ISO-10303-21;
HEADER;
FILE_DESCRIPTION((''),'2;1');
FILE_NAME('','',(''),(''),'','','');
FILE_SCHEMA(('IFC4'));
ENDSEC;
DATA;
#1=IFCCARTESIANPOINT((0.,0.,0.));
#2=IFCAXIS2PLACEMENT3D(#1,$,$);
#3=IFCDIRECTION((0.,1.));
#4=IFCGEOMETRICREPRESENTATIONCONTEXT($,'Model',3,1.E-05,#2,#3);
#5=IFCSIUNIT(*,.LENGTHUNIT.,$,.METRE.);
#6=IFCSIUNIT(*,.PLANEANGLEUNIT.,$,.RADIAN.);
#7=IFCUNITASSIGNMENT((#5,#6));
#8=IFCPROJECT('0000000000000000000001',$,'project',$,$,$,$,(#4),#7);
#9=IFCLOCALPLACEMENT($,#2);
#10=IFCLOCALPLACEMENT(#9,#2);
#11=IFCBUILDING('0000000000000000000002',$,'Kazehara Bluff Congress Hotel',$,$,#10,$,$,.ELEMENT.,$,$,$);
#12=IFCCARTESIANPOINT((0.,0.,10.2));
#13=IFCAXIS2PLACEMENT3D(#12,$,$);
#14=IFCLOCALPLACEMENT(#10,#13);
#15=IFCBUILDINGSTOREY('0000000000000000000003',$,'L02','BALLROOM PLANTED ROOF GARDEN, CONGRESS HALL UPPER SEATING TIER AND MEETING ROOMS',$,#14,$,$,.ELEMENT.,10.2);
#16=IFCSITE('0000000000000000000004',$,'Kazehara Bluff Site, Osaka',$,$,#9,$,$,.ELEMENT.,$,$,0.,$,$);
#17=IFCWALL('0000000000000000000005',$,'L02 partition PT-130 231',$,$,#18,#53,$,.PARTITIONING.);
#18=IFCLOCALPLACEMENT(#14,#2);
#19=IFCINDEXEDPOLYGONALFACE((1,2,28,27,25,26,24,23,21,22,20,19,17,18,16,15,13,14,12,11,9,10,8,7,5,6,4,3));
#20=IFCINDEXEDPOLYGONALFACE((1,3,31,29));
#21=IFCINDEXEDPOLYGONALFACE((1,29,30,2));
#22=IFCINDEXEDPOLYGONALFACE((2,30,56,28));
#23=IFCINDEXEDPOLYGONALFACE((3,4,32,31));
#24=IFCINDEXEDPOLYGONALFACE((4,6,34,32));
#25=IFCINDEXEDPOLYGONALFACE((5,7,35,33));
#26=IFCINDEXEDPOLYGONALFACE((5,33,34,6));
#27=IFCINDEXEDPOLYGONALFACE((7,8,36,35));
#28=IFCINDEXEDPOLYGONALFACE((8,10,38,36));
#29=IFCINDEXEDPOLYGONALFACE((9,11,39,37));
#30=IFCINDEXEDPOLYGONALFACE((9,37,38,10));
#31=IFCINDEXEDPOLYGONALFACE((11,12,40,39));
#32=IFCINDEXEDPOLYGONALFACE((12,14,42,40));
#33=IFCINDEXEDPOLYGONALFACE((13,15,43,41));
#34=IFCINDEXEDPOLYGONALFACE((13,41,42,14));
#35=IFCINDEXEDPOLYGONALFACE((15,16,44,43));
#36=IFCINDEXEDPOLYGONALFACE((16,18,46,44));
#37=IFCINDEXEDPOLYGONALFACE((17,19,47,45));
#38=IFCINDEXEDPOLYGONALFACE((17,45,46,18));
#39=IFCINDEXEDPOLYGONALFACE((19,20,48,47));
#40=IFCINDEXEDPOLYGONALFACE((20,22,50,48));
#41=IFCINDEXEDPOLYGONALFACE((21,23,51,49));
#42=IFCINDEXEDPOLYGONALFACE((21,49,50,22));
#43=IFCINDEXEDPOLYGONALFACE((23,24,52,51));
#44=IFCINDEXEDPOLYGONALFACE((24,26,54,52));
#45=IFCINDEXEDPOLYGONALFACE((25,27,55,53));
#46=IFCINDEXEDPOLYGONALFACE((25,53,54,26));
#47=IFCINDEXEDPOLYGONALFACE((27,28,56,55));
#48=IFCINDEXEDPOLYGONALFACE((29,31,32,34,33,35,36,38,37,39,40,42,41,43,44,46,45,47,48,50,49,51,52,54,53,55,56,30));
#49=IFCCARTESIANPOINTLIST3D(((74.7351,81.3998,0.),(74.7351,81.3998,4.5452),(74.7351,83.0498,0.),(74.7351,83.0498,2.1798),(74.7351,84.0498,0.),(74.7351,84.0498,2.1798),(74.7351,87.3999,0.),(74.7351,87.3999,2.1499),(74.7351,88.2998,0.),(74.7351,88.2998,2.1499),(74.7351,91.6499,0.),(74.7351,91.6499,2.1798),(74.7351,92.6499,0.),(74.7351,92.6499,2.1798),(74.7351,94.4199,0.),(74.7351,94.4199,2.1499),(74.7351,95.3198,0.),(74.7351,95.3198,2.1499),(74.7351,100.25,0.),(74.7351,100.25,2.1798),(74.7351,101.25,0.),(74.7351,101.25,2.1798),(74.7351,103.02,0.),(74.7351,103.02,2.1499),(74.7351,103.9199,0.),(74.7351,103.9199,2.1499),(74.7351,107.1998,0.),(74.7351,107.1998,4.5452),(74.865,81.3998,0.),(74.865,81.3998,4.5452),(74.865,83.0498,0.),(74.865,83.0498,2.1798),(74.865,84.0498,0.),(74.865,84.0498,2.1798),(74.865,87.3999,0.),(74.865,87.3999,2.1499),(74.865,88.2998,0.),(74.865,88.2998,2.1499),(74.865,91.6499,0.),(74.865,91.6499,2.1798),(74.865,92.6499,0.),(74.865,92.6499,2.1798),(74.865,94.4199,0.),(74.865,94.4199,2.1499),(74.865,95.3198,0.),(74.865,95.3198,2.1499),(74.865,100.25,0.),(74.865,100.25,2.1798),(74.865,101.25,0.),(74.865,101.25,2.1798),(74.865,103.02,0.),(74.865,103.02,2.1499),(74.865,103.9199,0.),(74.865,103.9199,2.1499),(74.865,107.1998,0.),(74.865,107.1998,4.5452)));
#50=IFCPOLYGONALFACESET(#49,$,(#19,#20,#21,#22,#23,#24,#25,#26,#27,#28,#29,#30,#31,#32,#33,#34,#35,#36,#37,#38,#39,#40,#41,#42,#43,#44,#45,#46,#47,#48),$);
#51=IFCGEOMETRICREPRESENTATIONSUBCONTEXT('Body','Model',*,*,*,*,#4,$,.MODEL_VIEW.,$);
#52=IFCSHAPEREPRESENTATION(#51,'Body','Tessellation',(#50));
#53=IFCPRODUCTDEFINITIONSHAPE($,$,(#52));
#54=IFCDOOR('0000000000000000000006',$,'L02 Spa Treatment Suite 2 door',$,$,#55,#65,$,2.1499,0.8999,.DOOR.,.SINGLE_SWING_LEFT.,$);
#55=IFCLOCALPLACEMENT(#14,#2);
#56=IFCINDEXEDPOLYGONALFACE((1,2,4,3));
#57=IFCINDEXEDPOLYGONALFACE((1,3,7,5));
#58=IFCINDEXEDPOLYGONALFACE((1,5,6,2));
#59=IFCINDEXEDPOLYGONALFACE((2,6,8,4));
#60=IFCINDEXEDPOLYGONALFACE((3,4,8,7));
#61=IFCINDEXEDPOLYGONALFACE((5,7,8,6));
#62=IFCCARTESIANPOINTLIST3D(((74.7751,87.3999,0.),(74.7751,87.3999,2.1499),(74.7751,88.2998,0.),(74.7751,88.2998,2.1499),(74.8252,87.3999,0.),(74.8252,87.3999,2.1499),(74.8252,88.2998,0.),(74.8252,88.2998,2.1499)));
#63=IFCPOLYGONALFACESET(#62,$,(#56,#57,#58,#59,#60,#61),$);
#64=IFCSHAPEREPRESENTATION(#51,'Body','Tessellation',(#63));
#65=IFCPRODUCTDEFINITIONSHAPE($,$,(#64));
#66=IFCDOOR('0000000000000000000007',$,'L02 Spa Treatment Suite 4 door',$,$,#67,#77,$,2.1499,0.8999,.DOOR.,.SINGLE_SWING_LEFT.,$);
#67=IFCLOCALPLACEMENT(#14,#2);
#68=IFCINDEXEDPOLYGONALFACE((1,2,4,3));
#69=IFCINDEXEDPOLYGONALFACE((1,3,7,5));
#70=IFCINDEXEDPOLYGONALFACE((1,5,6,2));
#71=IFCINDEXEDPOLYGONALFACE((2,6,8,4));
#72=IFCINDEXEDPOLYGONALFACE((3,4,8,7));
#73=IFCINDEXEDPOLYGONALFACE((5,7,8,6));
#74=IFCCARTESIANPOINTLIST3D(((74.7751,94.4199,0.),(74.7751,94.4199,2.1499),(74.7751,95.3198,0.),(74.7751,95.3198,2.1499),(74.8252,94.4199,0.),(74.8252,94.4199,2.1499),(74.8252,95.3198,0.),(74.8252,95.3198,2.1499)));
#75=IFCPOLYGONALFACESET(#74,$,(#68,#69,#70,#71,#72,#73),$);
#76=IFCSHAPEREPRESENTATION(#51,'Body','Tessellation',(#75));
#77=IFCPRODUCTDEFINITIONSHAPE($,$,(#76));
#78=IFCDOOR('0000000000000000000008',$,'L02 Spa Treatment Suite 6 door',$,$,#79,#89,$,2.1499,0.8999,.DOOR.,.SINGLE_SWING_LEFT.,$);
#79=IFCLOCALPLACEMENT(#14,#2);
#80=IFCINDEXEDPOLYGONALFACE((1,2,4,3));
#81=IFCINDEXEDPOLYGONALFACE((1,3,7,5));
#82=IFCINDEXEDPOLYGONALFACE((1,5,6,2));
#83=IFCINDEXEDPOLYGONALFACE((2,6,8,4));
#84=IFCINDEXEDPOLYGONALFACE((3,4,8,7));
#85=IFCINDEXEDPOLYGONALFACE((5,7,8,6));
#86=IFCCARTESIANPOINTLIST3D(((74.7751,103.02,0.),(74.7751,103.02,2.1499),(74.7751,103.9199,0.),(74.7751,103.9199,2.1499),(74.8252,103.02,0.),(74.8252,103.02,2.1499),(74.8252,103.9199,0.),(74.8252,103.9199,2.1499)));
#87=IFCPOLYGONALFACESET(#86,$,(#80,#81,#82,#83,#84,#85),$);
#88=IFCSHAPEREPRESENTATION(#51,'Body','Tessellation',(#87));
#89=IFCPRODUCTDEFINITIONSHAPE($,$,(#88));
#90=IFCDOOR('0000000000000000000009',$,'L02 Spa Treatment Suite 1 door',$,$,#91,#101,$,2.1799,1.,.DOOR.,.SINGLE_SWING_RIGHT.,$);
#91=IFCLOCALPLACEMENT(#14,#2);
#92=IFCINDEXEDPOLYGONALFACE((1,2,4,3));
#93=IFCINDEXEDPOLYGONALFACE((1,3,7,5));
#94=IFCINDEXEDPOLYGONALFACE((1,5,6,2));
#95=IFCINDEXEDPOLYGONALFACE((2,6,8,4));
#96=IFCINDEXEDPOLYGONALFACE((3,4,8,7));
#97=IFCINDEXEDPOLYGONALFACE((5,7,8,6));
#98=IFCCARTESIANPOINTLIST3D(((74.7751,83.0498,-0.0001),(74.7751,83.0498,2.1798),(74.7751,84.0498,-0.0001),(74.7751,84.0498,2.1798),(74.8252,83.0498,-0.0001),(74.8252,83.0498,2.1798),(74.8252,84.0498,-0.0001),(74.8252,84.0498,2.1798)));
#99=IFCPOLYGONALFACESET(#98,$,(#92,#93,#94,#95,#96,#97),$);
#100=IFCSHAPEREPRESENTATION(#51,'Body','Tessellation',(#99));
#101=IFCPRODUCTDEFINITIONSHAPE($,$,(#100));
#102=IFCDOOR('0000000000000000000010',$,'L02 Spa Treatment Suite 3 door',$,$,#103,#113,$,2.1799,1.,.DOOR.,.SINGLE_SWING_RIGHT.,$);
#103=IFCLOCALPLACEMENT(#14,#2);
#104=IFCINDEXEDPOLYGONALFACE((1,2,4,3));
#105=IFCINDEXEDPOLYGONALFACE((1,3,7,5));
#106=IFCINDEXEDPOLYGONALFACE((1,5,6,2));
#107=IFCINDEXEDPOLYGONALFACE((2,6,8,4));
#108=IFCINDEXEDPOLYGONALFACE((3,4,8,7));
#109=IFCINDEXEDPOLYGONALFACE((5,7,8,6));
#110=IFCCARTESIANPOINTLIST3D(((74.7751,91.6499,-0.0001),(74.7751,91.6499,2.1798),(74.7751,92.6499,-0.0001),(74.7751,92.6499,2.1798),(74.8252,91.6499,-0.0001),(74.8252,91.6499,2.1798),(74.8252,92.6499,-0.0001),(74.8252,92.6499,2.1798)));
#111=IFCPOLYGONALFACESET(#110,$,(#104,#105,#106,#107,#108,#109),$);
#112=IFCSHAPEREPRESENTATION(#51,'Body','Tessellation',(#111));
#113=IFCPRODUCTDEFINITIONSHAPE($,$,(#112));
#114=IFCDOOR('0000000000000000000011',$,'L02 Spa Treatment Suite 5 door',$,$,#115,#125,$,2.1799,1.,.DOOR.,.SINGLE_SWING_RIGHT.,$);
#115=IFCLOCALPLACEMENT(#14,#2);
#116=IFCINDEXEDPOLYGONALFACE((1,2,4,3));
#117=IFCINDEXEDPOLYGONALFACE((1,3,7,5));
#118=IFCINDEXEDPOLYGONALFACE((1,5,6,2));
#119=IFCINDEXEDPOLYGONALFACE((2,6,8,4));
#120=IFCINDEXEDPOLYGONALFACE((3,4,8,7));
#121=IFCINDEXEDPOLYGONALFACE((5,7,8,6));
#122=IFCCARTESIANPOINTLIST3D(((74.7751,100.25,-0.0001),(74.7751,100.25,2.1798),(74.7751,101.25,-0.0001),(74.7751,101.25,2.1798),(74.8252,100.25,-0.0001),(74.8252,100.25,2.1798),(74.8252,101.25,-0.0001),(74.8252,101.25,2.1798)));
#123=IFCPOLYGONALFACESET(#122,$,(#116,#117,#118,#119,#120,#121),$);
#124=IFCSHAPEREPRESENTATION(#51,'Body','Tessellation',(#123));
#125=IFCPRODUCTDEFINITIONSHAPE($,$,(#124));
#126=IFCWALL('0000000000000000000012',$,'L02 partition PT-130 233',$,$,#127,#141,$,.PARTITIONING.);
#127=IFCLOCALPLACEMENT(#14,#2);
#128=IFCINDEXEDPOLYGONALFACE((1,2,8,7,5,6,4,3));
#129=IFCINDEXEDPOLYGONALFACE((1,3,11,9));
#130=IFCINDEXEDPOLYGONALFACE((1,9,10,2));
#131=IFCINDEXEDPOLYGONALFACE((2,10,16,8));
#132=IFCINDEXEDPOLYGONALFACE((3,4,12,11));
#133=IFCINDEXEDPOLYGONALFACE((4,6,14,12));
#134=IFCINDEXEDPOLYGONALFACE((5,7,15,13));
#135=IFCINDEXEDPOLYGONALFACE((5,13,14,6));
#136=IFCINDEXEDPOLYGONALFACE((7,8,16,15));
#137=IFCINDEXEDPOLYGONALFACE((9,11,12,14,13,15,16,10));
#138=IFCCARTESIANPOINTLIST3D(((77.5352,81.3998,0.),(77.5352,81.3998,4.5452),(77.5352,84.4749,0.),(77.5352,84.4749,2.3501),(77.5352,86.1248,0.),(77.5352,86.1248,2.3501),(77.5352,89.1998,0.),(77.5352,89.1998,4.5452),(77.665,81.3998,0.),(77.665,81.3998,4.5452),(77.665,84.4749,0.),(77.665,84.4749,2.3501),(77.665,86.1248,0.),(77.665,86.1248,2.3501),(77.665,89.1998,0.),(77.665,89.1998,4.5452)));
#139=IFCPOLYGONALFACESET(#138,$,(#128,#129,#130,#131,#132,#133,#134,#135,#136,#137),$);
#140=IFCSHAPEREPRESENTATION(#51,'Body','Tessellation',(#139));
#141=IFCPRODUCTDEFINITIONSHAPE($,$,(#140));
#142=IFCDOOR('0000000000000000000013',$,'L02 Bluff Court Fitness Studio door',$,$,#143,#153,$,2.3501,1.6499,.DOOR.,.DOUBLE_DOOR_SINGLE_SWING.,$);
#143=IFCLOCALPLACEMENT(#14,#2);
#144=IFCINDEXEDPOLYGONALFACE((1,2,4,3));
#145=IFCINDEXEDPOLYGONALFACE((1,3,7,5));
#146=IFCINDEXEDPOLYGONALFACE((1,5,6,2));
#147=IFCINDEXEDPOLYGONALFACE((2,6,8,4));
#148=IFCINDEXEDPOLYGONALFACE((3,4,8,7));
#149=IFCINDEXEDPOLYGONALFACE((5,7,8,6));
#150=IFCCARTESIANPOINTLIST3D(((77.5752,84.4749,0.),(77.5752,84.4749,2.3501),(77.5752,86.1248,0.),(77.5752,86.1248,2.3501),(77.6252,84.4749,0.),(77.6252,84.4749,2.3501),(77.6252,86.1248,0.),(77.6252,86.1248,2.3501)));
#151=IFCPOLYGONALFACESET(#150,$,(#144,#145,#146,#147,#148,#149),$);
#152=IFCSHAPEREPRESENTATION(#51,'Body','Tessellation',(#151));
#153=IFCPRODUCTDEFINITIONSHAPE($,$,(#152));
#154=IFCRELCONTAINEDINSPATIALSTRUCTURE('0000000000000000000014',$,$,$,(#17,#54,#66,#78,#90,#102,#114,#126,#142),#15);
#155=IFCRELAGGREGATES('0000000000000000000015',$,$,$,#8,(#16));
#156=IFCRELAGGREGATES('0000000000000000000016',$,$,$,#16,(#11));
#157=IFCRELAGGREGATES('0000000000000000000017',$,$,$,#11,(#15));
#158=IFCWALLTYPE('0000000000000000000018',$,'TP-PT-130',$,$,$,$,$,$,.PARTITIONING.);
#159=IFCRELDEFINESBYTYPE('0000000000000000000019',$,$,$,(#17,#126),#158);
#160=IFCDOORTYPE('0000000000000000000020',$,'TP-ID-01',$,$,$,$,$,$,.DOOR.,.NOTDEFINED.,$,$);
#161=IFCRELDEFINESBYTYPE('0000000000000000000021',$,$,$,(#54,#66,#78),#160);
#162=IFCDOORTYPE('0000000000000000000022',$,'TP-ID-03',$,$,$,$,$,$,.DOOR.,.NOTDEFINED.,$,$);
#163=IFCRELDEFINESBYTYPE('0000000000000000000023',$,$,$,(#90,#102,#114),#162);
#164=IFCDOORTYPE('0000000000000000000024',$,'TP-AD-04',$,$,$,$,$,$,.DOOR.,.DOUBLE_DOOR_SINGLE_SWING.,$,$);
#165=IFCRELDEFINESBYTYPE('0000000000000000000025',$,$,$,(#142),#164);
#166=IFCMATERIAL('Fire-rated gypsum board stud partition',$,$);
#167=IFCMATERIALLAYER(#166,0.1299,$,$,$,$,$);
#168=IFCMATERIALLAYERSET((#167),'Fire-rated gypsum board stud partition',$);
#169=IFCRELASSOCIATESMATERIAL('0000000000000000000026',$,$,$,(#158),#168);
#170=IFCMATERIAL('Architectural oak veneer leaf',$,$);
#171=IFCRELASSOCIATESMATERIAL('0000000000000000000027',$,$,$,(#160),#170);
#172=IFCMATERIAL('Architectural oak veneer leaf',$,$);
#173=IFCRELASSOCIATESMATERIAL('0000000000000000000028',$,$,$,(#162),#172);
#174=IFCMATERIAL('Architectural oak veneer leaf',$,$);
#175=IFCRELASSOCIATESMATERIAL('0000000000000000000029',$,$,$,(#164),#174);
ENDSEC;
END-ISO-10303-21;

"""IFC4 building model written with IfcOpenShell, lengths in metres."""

from ifc_helpers import new_model, si_unit, direction, frame, frame_2d, origin, place, context, subcontext, project, spatial, rectangle, extrude, material, layer, layer_set, type_object, element, fill, save


model = new_model("IFC4")

# Units and contexts
model_context = context("Model", 3, precision=1e-05, world=origin(), true_north=direction((0.0, 1.0)))
body_context = subcontext(model_context, "Body", "Model", "MODEL_VIEW")
ifc_project = project(units=[si_unit("LENGTHUNIT", "METRE"), si_unit("PLANEANGLEUNIT", "RADIAN")], contexts=[model_context])

# Site, building, storey
site_placement = place(None, origin())
site = spatial("IfcSite", under=ifc_project, at=site_placement, Name="Kazehara Bluff Site, Osaka", CompositionType="ELEMENT", RefElevation=0.0)
building_placement = place(site_placement, origin())
building = spatial("IfcBuilding", under=site, at=building_placement, Name="Kazehara Bluff Congress Hotel", CompositionType="ELEMENT")
storey_placement = place(building_placement, frame((0.0, 0.0, 10.2)))
storey = spatial("IfcBuildingStorey", under=building, at=storey_placement, Name="L02", Description="BALLROOM PLANTED ROOF GARDEN, CONGRESS HALL UPPER SEATING TIER AND MEETING ROOMS", CompositionType="ELEMENT", Elevation=10.2)

# Shared definitions
ifc_material_1 = material(Name="Fire-rated gypsum board stud partition")
ifc_layer_1 = layer(ifc_material_1, 0.1299)
ifc_layer_set_1 = layer_set([ifc_layer_1], Name="Fire-rated gypsum board stud partition")
wall_type_1 = type_object("IfcWallType", Name="TP-PT-130", PredefinedType="PARTITIONING", material=ifc_layer_set_1)

# Wall, openings, doors
wall_1_placement = place(storey_placement, frame((74.8, 81.3999, 0.0), z_axis=(0.0, 0.0, 1.0), x_axis=(0.0, 1.0, 0.0)))
wall_1 = element("IfcWall", 1, at=wall_1_placement, inside=storey, type_object=wall_type_1, Name="L02 partition PT-130 231", PredefinedType="PARTITIONING", context=body_context, shape_type="SweptSolid", body=[
    extrude(rectangle(XDim=25.8, YDim=0.1299, at=frame_2d((12.8999, 0.0))), origin(), (0.0, 0.0, 1.0), 4.5452),
])
opening_1_placement = place(wall_1_placement, frame((1.6499, 0.0, 0.0)))
opening_1 = element("IfcOpeningElement", 2, at=opening_1_placement, cuts=wall_1, PredefinedType="OPENING", context=body_context, shape_type="SweptSolid", body=[
    extrude(rectangle(XDim=1.0, YDim=2.1799, at=frame_2d((0.5, 1.0898))), frame((0.0, 0.075, 0.0), z_axis=(0.0, -1.0, 0.0), x_axis=(1.0, 0.0, 0.0)), (0.0, 0.0, 1.0), 0.1499),
])
opening_2_placement = place(wall_1_placement, frame((6.0, 0.0, 0.0)))
opening_2 = element("IfcOpeningElement", 3, at=opening_2_placement, cuts=wall_1, PredefinedType="OPENING", context=body_context, shape_type="SweptSolid", body=[
    extrude(rectangle(XDim=0.8999, YDim=2.1499, at=frame_2d((0.45, 1.075))), frame((0.0, 0.075, 0.0), z_axis=(0.0, -1.0, 0.0), x_axis=(1.0, 0.0, 0.0)), (0.0, 0.0, 1.0), 0.1499),
])
opening_3_placement = place(wall_1_placement, frame((10.25, 0.0, 0.0)))
opening_3 = element("IfcOpeningElement", 4, at=opening_3_placement, cuts=wall_1, PredefinedType="OPENING", context=body_context, shape_type="SweptSolid", body=[
    extrude(rectangle(XDim=1.0, YDim=2.1799, at=frame_2d((0.5, 1.0898))), frame((0.0, 0.075, 0.0), z_axis=(0.0, -1.0, 0.0), x_axis=(1.0, 0.0, 0.0)), (0.0, 0.0, 1.0), 0.1499),
])
opening_4_placement = place(wall_1_placement, frame((13.02, 0.0, 0.0)))
opening_4 = element("IfcOpeningElement", 5, at=opening_4_placement, cuts=wall_1, PredefinedType="OPENING", context=body_context, shape_type="SweptSolid", body=[
    extrude(rectangle(XDim=0.8999, YDim=2.1499, at=frame_2d((0.45, 1.075))), frame((0.0, 0.075, 0.0), z_axis=(0.0, -1.0, 0.0), x_axis=(1.0, 0.0, 0.0)), (0.0, 0.0, 1.0), 0.1499),
])
opening_5_placement = place(wall_1_placement, frame((18.8501, 0.0, 0.0)))
opening_5 = element("IfcOpeningElement", 6, at=opening_5_placement, cuts=wall_1, PredefinedType="OPENING", context=body_context, shape_type="SweptSolid", body=[
    extrude(rectangle(XDim=1.0, YDim=2.1799, at=frame_2d((0.5, 1.0898))), frame((0.0, 0.075, 0.0), z_axis=(0.0, -1.0, 0.0), x_axis=(1.0, 0.0, 0.0)), (0.0, 0.0, 1.0), 0.1499),
])
opening_6_placement = place(wall_1_placement, frame((21.6201, 0.0, 0.0)))
opening_6 = element("IfcOpeningElement", 7, at=opening_6_placement, cuts=wall_1, PredefinedType="OPENING", context=body_context, shape_type="SweptSolid", body=[
    extrude(rectangle(XDim=0.8999, YDim=2.1499, at=frame_2d((0.45, 1.075))), frame((0.0, 0.075, 0.0), z_axis=(0.0, -1.0, 0.0), x_axis=(1.0, 0.0, 0.0)), (0.0, 0.0, 1.0), 0.1499),
])
ifc_material_2 = material(Name="Architectural oak veneer leaf")
door_type_1 = type_object("IfcDoorType", Name="TP-ID-01", OperationType="NOTDEFINED", PredefinedType="DOOR", material=ifc_material_2)
door_1_placement = place(opening_2_placement, origin())
door_1 = element("IfcDoor", 8, at=door_1_placement, inside=storey, type_object=door_type_1, Name="L02 Spa Treatment Suite 2 door", OperationType="SINGLE_SWING_LEFT", OverallHeight=2.1499, OverallWidth=0.8999, PredefinedType="DOOR", context=body_context, shape_type="SweptSolid", body=[
    extrude(rectangle(XDim=0.8999, YDim=2.1499, at=frame_2d((0.45, 1.075))), frame((0.0, 0.0249, 0.0), z_axis=(0.0, -1.0, 0.0), x_axis=(1.0, 0.0, 0.0)), (0.0, 0.0, 1.0), 0.05),
])
fill(opening_2, door_1)
door_2_placement = place(opening_4_placement, origin())
door_2 = element("IfcDoor", 9, at=door_2_placement, inside=storey, type_object=door_type_1, Name="L02 Spa Treatment Suite 4 door", OperationType="SINGLE_SWING_LEFT", OverallHeight=2.1499, OverallWidth=0.8999, PredefinedType="DOOR", context=body_context, shape_type="SweptSolid", body=[
    extrude(rectangle(XDim=0.8999, YDim=2.1499, at=frame_2d((0.45, 1.075))), frame((0.0, 0.0249, 0.0), z_axis=(0.0, -1.0, 0.0), x_axis=(1.0, 0.0, 0.0)), (0.0, 0.0, 1.0), 0.05),
])
fill(opening_4, door_2)
door_3_placement = place(opening_6_placement, origin())
door_3 = element("IfcDoor", 10, at=door_3_placement, inside=storey, type_object=door_type_1, Name="L02 Spa Treatment Suite 6 door", OperationType="SINGLE_SWING_LEFT", OverallHeight=2.1499, OverallWidth=0.8999, PredefinedType="DOOR", context=body_context, shape_type="SweptSolid", body=[
    extrude(rectangle(XDim=0.8999, YDim=2.1499, at=frame_2d((0.45, 1.075))), frame((0.0, 0.0249, 0.0), z_axis=(0.0, -1.0, 0.0), x_axis=(1.0, 0.0, 0.0)), (0.0, 0.0, 1.0), 0.05),
])
fill(opening_6, door_3)
ifc_material_3 = material(Name="Architectural oak veneer leaf")
door_type_2 = type_object("IfcDoorType", Name="TP-ID-03", OperationType="NOTDEFINED", PredefinedType="DOOR", material=ifc_material_3)
door_4_placement = place(opening_1_placement, origin())
door_4 = element("IfcDoor", 11, at=door_4_placement, inside=storey, type_object=door_type_2, Name="L02 Spa Treatment Suite 1 door", OperationType="SINGLE_SWING_RIGHT", OverallHeight=2.1799, OverallWidth=1.0, PredefinedType="DOOR", context=body_context, shape_type="SweptSolid", body=[
    extrude(rectangle(XDim=1.0, YDim=2.1799, at=frame_2d((0.5, 1.0898))), frame((0.0, 0.0249, 0.0), z_axis=(0.0, -1.0, 0.0), x_axis=(1.0, 0.0, 0.0)), (0.0, 0.0, 1.0), 0.05),
])
fill(opening_1, door_4)
door_5_placement = place(opening_3_placement, origin())
door_5 = element("IfcDoor", 12, at=door_5_placement, inside=storey, type_object=door_type_2, Name="L02 Spa Treatment Suite 3 door", OperationType="SINGLE_SWING_RIGHT", OverallHeight=2.1799, OverallWidth=1.0, PredefinedType="DOOR", context=body_context, shape_type="SweptSolid", body=[
    extrude(rectangle(XDim=1.0, YDim=2.1799, at=frame_2d((0.5, 1.0898))), frame((0.0, 0.0249, 0.0), z_axis=(0.0, -1.0, 0.0), x_axis=(1.0, 0.0, 0.0)), (0.0, 0.0, 1.0), 0.05),
])
fill(opening_3, door_5)
door_6_placement = place(opening_5_placement, origin())
door_6 = element("IfcDoor", 13, at=door_6_placement, inside=storey, type_object=door_type_2, Name="L02 Spa Treatment Suite 5 door", OperationType="SINGLE_SWING_RIGHT", OverallHeight=2.1799, OverallWidth=1.0, PredefinedType="DOOR", context=body_context, shape_type="SweptSolid", body=[
    extrude(rectangle(XDim=1.0, YDim=2.1799, at=frame_2d((0.5, 1.0898))), frame((0.0, 0.0249, 0.0), z_axis=(0.0, -1.0, 0.0), x_axis=(1.0, 0.0, 0.0)), (0.0, 0.0, 1.0), 0.05),
])
fill(opening_5, door_6)

# Wall, opening, door
wall_2_placement = place(storey_placement, frame((77.6001, 81.3999, 0.0), z_axis=(0.0, 0.0, 1.0), x_axis=(0.0, 1.0, 0.0)))
wall_2 = element("IfcWall", 14, at=wall_2_placement, inside=storey, type_object=wall_type_1, Name="L02 partition PT-130 233", PredefinedType="PARTITIONING", context=body_context, shape_type="SweptSolid", body=[
    extrude(rectangle(XDim=7.8, YDim=0.1299, at=frame_2d((3.8999, 0.0))), origin(), (0.0, 0.0, 1.0), 4.5452),
])
opening_7_placement = place(wall_2_placement, frame((3.075, 0.0, 0.0)))
opening_7 = element("IfcOpeningElement", 15, at=opening_7_placement, cuts=wall_2, PredefinedType="OPENING", context=body_context, shape_type="SweptSolid", body=[
    extrude(rectangle(XDim=1.6499, YDim=2.3501, at=frame_2d((0.825, 1.175))), frame((0.0, 0.075, 0.0), z_axis=(0.0, -1.0, 0.0), x_axis=(1.0, 0.0, 0.0)), (0.0, 0.0, 1.0), 0.1499),
])
ifc_material_4 = material(Name="Architectural oak veneer leaf")
door_type_3 = type_object("IfcDoorType", Name="TP-AD-04", OperationType="DOUBLE_DOOR_SINGLE_SWING", PredefinedType="DOOR", material=ifc_material_4)
door_7_placement = place(opening_7_placement, origin())
door_7 = element("IfcDoor", 16, at=door_7_placement, inside=storey, type_object=door_type_3, Name="L02 Bluff Court Fitness Studio door", OperationType="DOUBLE_DOOR_SINGLE_SWING", OverallHeight=2.3501, OverallWidth=1.6499, PredefinedType="DOOR", context=body_context, shape_type="SweptSolid", body=[
    extrude(rectangle(XDim=1.6499, YDim=2.3501, at=frame_2d((0.825, 1.175))), frame((0.0, 0.0249, 0.0), z_axis=(0.0, -1.0, 0.0), x_axis=(1.0, 0.0, 0.0)), (0.0, 0.0, 1.0), 0.05),
])
fill(opening_7, door_7)

save(model, "model.ifc")
